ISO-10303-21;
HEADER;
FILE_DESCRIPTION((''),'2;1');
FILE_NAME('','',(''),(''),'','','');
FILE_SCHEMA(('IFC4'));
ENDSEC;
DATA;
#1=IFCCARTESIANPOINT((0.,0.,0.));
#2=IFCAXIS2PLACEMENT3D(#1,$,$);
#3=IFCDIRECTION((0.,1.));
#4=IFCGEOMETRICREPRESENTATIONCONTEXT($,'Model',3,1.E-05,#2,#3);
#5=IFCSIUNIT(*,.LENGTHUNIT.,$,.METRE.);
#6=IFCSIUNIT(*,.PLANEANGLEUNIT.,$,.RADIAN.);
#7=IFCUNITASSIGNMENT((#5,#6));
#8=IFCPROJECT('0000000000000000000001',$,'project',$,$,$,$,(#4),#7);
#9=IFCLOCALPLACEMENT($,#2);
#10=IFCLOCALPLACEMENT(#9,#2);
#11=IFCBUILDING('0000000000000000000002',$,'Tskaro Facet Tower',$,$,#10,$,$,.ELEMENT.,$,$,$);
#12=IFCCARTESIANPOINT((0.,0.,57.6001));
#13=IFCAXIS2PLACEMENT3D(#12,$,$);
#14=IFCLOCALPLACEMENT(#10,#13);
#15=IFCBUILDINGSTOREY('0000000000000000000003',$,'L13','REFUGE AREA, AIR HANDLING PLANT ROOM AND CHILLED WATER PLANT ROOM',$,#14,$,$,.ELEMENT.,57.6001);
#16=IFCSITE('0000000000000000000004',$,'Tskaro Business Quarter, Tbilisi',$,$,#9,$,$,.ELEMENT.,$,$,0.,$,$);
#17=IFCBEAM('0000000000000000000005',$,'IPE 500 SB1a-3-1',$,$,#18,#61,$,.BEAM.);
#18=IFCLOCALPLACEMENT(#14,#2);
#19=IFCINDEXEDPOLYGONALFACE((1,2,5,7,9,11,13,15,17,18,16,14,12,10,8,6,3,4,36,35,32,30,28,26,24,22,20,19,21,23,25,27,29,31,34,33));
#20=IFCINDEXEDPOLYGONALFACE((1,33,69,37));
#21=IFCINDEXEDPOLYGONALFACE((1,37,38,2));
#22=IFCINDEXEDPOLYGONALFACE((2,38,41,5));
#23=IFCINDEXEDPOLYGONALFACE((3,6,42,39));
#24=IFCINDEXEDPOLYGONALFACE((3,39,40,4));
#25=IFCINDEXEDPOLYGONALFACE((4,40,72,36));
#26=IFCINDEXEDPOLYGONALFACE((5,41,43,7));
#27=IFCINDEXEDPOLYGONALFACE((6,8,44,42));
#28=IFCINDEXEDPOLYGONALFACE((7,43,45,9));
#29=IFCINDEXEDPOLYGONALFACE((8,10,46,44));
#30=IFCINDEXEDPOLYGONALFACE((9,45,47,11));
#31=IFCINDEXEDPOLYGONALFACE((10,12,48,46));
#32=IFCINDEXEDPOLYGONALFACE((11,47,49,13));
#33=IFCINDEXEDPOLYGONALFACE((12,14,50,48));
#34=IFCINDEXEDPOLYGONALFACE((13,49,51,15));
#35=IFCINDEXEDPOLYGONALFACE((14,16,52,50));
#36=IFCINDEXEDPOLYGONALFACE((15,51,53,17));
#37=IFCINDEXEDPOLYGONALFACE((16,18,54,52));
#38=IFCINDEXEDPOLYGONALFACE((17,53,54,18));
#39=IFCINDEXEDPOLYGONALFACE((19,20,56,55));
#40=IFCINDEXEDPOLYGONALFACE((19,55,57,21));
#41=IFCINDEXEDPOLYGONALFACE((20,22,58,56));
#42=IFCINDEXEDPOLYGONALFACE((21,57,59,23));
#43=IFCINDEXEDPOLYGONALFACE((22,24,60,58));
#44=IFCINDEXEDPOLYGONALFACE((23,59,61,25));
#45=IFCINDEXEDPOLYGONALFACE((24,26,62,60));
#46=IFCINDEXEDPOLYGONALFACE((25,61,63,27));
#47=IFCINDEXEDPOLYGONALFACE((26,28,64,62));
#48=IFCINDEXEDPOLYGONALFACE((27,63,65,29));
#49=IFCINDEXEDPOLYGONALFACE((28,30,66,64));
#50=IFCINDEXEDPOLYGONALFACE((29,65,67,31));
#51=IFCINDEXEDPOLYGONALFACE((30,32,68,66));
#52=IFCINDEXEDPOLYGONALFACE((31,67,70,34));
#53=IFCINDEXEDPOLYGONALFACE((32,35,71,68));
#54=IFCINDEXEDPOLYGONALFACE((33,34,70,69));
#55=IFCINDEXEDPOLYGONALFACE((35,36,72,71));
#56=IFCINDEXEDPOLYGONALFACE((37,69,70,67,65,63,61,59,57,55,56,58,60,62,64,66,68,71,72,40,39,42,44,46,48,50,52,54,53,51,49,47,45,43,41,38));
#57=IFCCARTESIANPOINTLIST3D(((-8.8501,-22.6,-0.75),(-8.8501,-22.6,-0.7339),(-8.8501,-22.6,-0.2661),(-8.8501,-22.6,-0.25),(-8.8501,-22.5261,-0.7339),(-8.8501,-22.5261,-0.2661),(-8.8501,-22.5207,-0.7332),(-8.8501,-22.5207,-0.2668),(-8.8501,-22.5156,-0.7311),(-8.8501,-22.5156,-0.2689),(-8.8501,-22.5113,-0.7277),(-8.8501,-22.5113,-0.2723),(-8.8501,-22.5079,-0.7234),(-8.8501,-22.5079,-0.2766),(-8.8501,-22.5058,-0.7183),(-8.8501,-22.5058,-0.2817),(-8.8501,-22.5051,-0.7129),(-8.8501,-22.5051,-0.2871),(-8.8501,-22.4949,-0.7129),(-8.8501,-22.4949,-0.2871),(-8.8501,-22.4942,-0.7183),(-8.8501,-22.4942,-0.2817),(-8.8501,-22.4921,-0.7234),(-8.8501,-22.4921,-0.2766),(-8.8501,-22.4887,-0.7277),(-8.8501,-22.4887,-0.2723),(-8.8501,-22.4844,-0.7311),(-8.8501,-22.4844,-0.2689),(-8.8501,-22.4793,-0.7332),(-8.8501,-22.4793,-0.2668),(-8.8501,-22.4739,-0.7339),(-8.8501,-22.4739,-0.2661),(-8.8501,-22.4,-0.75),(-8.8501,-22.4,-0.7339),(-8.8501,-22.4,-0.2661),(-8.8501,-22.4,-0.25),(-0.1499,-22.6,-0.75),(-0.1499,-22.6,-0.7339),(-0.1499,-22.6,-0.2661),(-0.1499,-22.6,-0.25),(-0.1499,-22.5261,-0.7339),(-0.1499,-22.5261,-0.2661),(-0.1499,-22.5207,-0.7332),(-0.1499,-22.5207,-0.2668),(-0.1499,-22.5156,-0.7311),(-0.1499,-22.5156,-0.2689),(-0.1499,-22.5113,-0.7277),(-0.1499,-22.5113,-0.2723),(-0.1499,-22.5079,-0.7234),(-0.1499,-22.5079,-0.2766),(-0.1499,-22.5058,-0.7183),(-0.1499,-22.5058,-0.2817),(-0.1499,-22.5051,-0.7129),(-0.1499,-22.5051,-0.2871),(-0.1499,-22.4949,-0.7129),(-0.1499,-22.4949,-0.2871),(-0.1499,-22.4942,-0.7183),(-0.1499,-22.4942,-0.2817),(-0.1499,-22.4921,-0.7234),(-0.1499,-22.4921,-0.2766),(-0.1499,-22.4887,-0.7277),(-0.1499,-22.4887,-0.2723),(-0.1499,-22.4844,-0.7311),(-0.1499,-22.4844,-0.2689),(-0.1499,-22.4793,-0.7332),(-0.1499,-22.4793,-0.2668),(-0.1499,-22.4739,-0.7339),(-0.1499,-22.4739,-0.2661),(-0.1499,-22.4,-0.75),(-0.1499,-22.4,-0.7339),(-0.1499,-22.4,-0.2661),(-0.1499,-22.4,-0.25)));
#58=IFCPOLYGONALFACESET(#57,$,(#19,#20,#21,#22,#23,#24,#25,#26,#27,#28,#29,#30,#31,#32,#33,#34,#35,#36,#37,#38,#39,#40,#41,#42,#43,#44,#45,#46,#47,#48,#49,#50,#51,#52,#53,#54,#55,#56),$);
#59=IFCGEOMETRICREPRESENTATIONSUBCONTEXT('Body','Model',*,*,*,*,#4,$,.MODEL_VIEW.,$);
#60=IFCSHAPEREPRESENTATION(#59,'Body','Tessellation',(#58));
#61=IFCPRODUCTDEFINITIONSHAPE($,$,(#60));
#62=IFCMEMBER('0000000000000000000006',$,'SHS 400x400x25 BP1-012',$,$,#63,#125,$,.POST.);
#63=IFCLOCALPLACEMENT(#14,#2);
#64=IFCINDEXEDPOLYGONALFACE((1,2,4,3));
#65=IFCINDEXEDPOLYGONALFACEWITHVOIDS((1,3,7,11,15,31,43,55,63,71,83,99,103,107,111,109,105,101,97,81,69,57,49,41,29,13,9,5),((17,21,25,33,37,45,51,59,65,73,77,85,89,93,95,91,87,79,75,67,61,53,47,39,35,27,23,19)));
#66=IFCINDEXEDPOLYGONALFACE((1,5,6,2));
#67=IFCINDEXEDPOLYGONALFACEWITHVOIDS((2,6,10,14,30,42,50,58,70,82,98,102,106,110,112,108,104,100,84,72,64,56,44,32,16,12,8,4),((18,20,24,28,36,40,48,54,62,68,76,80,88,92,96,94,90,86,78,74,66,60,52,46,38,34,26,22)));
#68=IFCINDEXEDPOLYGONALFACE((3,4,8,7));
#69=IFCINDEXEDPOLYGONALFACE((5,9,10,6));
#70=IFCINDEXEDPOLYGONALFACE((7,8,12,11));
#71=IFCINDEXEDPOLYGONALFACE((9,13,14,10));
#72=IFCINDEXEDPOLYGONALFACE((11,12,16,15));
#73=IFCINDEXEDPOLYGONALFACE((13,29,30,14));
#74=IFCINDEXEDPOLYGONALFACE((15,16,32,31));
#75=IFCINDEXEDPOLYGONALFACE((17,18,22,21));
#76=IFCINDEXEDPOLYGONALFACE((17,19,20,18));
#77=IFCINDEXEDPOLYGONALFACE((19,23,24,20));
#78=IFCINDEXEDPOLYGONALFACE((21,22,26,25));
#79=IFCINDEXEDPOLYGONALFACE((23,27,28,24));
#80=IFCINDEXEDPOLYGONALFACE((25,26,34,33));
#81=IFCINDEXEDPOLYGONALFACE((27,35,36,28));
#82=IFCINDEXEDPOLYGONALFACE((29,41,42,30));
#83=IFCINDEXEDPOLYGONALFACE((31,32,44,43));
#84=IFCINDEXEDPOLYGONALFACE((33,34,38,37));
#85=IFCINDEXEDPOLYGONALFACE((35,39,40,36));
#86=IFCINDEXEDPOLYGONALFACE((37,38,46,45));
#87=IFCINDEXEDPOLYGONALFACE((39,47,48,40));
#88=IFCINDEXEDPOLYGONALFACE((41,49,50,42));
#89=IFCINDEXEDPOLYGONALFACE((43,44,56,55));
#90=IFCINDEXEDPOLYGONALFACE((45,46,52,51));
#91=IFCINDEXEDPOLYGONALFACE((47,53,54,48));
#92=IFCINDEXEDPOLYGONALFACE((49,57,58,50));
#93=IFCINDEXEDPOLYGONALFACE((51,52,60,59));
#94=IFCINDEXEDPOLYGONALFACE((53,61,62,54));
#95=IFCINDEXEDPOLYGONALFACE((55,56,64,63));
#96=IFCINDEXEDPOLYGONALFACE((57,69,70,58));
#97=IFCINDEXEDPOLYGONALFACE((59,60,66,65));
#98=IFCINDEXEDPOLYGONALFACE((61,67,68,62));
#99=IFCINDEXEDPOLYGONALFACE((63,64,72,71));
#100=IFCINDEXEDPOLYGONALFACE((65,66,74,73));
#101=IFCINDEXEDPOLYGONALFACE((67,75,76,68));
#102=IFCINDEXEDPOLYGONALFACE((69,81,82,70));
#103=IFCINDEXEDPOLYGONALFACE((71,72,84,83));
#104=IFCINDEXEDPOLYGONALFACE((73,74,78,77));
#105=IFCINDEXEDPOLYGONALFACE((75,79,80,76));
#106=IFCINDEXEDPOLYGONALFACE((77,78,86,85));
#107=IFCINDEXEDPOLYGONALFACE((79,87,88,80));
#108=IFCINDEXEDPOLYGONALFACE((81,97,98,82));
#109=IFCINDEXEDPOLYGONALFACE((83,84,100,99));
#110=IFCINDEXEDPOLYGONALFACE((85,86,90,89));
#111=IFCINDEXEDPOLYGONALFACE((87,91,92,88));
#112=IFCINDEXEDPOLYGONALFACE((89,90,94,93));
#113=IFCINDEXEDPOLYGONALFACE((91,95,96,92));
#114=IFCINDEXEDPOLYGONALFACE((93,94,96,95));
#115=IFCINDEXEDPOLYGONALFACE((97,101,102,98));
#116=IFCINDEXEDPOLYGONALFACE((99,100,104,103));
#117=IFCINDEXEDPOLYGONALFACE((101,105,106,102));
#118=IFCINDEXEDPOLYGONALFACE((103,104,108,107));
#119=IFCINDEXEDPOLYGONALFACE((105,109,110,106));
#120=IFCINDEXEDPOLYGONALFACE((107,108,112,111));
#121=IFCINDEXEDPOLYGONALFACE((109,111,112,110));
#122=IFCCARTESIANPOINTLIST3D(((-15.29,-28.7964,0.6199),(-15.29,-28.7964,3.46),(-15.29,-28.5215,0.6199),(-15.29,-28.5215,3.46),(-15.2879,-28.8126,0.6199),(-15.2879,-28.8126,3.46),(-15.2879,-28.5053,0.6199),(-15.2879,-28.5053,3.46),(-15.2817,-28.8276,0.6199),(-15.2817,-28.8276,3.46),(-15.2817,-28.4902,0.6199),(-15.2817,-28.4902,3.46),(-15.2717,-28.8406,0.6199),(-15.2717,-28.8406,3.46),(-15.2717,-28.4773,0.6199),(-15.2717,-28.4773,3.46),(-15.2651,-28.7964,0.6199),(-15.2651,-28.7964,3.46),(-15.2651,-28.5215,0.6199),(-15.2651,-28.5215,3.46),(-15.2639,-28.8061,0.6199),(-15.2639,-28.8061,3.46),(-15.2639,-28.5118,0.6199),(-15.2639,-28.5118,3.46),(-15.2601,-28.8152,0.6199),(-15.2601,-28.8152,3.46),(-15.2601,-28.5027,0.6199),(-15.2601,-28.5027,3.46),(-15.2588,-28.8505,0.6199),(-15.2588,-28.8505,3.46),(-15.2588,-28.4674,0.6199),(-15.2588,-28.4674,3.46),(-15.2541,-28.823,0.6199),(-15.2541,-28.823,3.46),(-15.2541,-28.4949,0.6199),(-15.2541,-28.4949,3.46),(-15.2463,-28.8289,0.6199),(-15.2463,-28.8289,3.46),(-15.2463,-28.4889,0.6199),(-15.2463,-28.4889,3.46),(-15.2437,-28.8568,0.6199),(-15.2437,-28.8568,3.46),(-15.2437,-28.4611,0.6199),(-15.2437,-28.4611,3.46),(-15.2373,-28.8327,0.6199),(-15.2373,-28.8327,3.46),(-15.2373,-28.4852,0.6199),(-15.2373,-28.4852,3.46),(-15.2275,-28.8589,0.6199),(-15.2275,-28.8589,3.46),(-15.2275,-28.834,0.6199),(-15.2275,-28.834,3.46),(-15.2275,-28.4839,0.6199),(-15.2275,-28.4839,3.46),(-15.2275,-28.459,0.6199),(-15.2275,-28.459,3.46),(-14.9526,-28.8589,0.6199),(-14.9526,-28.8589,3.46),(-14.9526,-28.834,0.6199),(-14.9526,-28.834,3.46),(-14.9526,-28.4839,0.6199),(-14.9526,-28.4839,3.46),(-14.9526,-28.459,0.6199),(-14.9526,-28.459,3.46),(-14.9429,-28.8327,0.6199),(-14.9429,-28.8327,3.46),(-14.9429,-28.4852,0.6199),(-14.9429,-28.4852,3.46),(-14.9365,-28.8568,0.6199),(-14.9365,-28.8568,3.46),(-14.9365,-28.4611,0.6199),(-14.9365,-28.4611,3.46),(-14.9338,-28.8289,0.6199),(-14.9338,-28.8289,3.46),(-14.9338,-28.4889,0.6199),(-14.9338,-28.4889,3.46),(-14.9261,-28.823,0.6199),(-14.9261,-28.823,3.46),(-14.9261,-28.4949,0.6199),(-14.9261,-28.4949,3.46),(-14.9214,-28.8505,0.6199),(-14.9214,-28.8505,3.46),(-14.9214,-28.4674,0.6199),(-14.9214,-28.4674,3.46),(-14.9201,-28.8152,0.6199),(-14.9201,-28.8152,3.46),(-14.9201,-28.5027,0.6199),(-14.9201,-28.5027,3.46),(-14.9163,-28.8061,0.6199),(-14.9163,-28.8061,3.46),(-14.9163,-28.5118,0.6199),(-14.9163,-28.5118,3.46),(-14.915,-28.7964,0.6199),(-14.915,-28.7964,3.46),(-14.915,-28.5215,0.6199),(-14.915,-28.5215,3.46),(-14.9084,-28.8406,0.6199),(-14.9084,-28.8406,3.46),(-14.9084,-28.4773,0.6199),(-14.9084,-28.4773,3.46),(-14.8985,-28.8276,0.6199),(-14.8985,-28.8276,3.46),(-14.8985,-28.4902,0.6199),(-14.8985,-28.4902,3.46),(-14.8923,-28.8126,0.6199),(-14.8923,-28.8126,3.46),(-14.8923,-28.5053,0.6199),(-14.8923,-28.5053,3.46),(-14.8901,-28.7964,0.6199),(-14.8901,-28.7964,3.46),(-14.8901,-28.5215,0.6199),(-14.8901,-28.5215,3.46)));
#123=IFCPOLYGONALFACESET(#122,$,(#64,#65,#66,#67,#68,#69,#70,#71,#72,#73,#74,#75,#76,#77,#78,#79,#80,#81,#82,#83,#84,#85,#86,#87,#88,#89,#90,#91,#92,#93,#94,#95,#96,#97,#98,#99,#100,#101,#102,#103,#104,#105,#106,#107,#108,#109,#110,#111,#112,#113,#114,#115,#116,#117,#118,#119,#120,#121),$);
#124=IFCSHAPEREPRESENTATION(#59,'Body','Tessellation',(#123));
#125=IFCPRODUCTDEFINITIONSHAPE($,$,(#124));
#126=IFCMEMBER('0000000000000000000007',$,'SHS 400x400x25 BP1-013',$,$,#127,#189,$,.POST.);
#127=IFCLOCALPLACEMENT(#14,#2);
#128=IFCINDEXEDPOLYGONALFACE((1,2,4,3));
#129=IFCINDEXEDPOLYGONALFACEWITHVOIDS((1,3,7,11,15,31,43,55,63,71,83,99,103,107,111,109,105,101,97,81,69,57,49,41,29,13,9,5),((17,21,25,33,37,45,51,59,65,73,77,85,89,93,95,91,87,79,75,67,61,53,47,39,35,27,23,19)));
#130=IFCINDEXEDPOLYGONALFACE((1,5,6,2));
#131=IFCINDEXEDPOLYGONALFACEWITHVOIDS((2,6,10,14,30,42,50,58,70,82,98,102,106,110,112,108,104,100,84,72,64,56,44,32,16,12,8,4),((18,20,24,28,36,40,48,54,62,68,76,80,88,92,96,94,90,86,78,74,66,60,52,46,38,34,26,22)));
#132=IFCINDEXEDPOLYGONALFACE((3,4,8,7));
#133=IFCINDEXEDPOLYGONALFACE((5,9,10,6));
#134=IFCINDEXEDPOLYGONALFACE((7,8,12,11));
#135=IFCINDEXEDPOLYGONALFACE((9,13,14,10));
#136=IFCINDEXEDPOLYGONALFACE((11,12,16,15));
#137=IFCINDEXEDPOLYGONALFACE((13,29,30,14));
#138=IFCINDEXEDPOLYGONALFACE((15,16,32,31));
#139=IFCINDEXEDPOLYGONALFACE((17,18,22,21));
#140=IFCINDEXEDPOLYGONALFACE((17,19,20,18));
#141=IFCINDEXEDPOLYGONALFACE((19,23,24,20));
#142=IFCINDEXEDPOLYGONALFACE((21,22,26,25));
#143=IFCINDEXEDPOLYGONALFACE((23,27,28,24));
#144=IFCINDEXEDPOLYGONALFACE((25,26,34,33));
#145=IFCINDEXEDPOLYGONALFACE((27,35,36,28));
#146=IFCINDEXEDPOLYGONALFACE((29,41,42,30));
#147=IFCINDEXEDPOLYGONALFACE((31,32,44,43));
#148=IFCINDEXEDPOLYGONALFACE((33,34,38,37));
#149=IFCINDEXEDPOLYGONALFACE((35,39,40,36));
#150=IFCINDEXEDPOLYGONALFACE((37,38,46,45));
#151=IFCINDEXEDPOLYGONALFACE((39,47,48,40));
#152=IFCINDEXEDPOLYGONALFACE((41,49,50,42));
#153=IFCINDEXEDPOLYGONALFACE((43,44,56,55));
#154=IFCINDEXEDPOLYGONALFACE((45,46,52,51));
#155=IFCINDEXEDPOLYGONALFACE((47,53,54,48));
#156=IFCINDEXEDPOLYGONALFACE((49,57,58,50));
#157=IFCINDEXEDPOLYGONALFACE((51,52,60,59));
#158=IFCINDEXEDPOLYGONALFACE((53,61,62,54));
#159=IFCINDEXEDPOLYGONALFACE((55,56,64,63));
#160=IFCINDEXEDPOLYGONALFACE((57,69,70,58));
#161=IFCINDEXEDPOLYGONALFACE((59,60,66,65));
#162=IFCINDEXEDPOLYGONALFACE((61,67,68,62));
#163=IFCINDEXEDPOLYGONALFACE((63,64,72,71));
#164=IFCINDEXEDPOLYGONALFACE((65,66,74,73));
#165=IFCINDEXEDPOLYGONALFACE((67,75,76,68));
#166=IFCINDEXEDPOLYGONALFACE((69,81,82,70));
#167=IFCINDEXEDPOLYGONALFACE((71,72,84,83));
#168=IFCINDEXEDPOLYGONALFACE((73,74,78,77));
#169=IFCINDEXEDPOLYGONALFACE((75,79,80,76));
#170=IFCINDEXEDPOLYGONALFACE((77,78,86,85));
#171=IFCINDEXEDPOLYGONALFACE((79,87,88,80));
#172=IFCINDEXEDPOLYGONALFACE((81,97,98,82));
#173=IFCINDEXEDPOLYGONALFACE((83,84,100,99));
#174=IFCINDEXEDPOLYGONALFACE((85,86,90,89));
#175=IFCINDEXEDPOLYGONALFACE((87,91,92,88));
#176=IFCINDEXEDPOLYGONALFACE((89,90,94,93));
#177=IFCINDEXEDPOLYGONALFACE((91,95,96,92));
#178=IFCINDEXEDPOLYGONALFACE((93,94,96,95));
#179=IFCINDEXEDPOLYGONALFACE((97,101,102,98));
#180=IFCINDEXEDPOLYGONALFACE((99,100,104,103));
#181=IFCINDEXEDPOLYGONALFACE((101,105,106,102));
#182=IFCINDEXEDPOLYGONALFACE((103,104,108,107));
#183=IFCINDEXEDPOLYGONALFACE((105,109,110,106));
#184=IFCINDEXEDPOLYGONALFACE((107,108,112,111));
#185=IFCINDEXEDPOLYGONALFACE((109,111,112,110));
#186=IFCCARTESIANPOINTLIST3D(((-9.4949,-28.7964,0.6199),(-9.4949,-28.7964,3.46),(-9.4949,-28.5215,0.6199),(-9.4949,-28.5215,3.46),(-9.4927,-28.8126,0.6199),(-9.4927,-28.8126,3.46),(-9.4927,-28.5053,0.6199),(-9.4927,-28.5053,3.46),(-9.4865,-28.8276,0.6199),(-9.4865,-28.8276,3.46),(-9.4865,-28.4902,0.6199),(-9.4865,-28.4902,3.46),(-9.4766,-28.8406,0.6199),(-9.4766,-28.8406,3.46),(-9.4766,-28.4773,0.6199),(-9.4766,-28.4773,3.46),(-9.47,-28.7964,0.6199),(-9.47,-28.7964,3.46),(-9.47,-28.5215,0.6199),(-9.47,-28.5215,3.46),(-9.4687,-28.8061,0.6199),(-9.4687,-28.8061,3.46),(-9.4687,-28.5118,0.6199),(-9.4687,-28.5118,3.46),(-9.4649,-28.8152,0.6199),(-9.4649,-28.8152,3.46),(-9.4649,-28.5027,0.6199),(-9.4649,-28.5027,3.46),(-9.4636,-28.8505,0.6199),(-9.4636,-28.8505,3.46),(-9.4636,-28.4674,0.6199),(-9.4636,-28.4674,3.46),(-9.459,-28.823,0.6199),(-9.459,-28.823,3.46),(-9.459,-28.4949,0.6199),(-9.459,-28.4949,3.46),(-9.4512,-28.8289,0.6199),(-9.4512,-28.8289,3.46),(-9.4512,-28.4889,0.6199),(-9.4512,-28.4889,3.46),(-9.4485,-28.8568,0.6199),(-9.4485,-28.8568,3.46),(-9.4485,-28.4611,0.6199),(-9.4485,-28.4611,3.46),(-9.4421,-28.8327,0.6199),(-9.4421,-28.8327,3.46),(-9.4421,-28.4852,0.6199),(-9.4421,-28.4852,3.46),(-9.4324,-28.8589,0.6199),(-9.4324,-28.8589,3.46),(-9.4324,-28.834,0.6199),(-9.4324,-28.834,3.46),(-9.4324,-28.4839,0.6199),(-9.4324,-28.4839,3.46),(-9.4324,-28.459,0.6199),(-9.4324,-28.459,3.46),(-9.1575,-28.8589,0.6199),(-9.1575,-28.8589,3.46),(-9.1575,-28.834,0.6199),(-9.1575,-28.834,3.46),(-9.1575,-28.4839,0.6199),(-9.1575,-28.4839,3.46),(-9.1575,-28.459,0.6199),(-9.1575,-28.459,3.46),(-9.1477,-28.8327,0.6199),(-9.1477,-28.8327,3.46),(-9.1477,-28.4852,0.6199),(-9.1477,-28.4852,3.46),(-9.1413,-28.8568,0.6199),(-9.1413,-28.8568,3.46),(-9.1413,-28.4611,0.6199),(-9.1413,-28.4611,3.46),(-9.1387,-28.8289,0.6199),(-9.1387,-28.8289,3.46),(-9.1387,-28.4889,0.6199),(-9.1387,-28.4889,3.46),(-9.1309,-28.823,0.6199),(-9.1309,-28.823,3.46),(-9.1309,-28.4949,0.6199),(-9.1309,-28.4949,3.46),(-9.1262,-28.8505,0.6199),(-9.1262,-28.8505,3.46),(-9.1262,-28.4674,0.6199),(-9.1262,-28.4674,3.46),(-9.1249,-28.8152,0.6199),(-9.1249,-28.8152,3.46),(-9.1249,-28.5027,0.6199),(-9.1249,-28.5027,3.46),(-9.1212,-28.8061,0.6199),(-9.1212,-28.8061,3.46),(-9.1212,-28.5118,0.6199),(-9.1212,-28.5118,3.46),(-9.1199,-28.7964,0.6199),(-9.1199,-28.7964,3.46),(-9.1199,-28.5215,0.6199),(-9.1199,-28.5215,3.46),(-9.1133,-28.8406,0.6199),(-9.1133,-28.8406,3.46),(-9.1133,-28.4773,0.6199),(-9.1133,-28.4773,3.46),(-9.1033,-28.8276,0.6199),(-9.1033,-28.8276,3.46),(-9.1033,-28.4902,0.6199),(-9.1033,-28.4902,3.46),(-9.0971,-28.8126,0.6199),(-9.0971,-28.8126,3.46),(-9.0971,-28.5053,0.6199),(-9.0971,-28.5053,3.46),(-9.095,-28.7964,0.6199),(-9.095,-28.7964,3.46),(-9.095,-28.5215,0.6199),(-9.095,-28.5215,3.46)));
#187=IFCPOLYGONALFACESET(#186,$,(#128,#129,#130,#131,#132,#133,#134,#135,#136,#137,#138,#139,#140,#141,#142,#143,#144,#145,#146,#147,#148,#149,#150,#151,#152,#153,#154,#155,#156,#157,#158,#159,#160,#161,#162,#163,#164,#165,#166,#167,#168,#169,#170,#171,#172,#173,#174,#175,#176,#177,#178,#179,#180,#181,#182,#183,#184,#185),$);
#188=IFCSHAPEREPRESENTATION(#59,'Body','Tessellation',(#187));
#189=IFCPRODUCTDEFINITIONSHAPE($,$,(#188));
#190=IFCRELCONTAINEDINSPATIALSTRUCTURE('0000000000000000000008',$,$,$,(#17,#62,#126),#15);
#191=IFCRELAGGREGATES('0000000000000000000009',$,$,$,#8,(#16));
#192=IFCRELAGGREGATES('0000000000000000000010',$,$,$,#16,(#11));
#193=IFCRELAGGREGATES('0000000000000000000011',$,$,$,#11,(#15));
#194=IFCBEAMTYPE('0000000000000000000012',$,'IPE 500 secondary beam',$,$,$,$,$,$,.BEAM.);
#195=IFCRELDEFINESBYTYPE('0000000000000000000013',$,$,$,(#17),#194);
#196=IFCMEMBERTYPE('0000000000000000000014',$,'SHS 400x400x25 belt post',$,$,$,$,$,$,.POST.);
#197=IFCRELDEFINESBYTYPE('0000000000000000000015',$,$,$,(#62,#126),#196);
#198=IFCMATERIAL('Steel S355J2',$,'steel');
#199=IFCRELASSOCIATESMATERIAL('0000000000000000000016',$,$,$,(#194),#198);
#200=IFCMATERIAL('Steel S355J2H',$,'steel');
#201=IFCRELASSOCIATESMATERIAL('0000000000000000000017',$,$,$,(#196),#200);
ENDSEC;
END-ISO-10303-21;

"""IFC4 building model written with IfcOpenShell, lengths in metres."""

from ifc_helpers import new_model, si_unit, direction, frame, origin, origin_2d, place, context, subcontext, project, spatial, hollow_rectangle, i_section, extrude, material, material_profile, profile_set, type_object, element, save


model = new_model("IFC4")

# Units and contexts
model_context = context("Model", 3, precision=1e-05, world=origin(), true_north=direction((0.0, 1.0)))
body_context = subcontext(model_context, "Body", "Model", "MODEL_VIEW")
ifc_project = project(units=[si_unit("LENGTHUNIT", "METRE"), si_unit("PLANEANGLEUNIT", "RADIAN")], contexts=[model_context])

# Site, building, storey
site_placement = place(None, origin())
site = spatial("IfcSite", under=ifc_project, at=site_placement, Name="Tskaro Business Quarter, Tbilisi", CompositionType="ELEMENT", RefElevation=0.0)
building_placement = place(site_placement, origin())
building = spatial("IfcBuilding", under=site, at=building_placement, Name="Tskaro Facet Tower", CompositionType="ELEMENT")
storey_placement = place(building_placement, frame((0.0, 0.0, 57.6001)))
storey = spatial("IfcBuildingStorey", under=building, at=storey_placement, Name="L13", Description="REFUGE AREA, AIR HANDLING PLANT ROOM AND CHILLED WATER PLANT ROOM", CompositionType="ELEMENT", Elevation=57.6001)

# Shared definitions
ifc_material_1 = material(Name="Steel S355J2H", Category="steel")

# Shared definitions
ifc_material_2 = material(Name="Steel S355J2", Category="steel")

# Beam
ifc_material_profile_1 = material_profile(ifc_material_2, i_section(OverallWidth=0.2, OverallDepth=0.5, WebThickness=0.0103, FlangeThickness=0.0161, FilletRadius=0.021, at=origin_2d()), Name="IPE 500")
ifc_profile_set_1 = profile_set([ifc_material_profile_1], Name="Steel S355J2")
beam_type_1 = type_object("IfcBeamType", Name="IPE 500 secondary beam", PredefinedType="BEAM", material=ifc_profile_set_1)
for number, where, z_axis, x_axis, name in (
    (1, (-8.8501, -22.5, -0.5), (1.0, 0.0, 0.0), (0.0, 1.0, 0.0), "IPE 500 SB1a-3-1"),
):
    element("IfcBeam", number, at=place(storey_placement, frame(where, z_axis=z_axis, x_axis=x_axis)), inside=storey, type_object=beam_type_1, Name=name, PredefinedType="BEAM", context=body_context, shape_type="SweptSolid", body=[
        extrude(i_section(OverallWidth=0.2, OverallDepth=0.5, WebThickness=0.0103, FlangeThickness=0.0161, FilletRadius=0.021, at=origin_2d()), origin(), (0.0, 0.0, 1.0), 8.7002),
    ])

# Members
ifc_material_profile_2 = material_profile(ifc_material_1, hollow_rectangle(XDim=0.3999, YDim=0.3999, WallThickness=0.0249, InnerFilletRadius=0.0376, OuterFilletRadius=0.0625, at=origin_2d()), Name="SHS 400x400x25")
ifc_profile_set_2 = profile_set([ifc_material_profile_2], Name="Steel S355J2H")
member_type_1 = type_object("IfcMemberType", Name="SHS 400x400x25 belt post", PredefinedType="POST", material=ifc_profile_set_2)
for number, where, z_axis, x_axis, name in (
    (2, (-15.0901, -28.6589, 0.6199), (0.0, 0.0, 1.0), (1.0, 0.0, 0.0), "SHS 400x400x25 BP1-012"),
    (3, (-9.2949, -28.6589, 0.6199), (0.0, 0.0, 1.0), (1.0, 0.0, 0.0), "SHS 400x400x25 BP1-013"),
):
    element("IfcMember", number, at=place(storey_placement, frame(where, z_axis=z_axis, x_axis=x_axis)), inside=storey, type_object=member_type_1, Name=name, PredefinedType="POST", context=body_context, shape_type="SweptSolid", body=[
        extrude(hollow_rectangle(XDim=0.3999, YDim=0.3999, WallThickness=0.0249, InnerFilletRadius=0.0376, OuterFilletRadius=0.0625, at=origin_2d()), origin(), (0.0, 0.0, 1.0), 2.8401),
    ])

save(model, "model.ifc")
